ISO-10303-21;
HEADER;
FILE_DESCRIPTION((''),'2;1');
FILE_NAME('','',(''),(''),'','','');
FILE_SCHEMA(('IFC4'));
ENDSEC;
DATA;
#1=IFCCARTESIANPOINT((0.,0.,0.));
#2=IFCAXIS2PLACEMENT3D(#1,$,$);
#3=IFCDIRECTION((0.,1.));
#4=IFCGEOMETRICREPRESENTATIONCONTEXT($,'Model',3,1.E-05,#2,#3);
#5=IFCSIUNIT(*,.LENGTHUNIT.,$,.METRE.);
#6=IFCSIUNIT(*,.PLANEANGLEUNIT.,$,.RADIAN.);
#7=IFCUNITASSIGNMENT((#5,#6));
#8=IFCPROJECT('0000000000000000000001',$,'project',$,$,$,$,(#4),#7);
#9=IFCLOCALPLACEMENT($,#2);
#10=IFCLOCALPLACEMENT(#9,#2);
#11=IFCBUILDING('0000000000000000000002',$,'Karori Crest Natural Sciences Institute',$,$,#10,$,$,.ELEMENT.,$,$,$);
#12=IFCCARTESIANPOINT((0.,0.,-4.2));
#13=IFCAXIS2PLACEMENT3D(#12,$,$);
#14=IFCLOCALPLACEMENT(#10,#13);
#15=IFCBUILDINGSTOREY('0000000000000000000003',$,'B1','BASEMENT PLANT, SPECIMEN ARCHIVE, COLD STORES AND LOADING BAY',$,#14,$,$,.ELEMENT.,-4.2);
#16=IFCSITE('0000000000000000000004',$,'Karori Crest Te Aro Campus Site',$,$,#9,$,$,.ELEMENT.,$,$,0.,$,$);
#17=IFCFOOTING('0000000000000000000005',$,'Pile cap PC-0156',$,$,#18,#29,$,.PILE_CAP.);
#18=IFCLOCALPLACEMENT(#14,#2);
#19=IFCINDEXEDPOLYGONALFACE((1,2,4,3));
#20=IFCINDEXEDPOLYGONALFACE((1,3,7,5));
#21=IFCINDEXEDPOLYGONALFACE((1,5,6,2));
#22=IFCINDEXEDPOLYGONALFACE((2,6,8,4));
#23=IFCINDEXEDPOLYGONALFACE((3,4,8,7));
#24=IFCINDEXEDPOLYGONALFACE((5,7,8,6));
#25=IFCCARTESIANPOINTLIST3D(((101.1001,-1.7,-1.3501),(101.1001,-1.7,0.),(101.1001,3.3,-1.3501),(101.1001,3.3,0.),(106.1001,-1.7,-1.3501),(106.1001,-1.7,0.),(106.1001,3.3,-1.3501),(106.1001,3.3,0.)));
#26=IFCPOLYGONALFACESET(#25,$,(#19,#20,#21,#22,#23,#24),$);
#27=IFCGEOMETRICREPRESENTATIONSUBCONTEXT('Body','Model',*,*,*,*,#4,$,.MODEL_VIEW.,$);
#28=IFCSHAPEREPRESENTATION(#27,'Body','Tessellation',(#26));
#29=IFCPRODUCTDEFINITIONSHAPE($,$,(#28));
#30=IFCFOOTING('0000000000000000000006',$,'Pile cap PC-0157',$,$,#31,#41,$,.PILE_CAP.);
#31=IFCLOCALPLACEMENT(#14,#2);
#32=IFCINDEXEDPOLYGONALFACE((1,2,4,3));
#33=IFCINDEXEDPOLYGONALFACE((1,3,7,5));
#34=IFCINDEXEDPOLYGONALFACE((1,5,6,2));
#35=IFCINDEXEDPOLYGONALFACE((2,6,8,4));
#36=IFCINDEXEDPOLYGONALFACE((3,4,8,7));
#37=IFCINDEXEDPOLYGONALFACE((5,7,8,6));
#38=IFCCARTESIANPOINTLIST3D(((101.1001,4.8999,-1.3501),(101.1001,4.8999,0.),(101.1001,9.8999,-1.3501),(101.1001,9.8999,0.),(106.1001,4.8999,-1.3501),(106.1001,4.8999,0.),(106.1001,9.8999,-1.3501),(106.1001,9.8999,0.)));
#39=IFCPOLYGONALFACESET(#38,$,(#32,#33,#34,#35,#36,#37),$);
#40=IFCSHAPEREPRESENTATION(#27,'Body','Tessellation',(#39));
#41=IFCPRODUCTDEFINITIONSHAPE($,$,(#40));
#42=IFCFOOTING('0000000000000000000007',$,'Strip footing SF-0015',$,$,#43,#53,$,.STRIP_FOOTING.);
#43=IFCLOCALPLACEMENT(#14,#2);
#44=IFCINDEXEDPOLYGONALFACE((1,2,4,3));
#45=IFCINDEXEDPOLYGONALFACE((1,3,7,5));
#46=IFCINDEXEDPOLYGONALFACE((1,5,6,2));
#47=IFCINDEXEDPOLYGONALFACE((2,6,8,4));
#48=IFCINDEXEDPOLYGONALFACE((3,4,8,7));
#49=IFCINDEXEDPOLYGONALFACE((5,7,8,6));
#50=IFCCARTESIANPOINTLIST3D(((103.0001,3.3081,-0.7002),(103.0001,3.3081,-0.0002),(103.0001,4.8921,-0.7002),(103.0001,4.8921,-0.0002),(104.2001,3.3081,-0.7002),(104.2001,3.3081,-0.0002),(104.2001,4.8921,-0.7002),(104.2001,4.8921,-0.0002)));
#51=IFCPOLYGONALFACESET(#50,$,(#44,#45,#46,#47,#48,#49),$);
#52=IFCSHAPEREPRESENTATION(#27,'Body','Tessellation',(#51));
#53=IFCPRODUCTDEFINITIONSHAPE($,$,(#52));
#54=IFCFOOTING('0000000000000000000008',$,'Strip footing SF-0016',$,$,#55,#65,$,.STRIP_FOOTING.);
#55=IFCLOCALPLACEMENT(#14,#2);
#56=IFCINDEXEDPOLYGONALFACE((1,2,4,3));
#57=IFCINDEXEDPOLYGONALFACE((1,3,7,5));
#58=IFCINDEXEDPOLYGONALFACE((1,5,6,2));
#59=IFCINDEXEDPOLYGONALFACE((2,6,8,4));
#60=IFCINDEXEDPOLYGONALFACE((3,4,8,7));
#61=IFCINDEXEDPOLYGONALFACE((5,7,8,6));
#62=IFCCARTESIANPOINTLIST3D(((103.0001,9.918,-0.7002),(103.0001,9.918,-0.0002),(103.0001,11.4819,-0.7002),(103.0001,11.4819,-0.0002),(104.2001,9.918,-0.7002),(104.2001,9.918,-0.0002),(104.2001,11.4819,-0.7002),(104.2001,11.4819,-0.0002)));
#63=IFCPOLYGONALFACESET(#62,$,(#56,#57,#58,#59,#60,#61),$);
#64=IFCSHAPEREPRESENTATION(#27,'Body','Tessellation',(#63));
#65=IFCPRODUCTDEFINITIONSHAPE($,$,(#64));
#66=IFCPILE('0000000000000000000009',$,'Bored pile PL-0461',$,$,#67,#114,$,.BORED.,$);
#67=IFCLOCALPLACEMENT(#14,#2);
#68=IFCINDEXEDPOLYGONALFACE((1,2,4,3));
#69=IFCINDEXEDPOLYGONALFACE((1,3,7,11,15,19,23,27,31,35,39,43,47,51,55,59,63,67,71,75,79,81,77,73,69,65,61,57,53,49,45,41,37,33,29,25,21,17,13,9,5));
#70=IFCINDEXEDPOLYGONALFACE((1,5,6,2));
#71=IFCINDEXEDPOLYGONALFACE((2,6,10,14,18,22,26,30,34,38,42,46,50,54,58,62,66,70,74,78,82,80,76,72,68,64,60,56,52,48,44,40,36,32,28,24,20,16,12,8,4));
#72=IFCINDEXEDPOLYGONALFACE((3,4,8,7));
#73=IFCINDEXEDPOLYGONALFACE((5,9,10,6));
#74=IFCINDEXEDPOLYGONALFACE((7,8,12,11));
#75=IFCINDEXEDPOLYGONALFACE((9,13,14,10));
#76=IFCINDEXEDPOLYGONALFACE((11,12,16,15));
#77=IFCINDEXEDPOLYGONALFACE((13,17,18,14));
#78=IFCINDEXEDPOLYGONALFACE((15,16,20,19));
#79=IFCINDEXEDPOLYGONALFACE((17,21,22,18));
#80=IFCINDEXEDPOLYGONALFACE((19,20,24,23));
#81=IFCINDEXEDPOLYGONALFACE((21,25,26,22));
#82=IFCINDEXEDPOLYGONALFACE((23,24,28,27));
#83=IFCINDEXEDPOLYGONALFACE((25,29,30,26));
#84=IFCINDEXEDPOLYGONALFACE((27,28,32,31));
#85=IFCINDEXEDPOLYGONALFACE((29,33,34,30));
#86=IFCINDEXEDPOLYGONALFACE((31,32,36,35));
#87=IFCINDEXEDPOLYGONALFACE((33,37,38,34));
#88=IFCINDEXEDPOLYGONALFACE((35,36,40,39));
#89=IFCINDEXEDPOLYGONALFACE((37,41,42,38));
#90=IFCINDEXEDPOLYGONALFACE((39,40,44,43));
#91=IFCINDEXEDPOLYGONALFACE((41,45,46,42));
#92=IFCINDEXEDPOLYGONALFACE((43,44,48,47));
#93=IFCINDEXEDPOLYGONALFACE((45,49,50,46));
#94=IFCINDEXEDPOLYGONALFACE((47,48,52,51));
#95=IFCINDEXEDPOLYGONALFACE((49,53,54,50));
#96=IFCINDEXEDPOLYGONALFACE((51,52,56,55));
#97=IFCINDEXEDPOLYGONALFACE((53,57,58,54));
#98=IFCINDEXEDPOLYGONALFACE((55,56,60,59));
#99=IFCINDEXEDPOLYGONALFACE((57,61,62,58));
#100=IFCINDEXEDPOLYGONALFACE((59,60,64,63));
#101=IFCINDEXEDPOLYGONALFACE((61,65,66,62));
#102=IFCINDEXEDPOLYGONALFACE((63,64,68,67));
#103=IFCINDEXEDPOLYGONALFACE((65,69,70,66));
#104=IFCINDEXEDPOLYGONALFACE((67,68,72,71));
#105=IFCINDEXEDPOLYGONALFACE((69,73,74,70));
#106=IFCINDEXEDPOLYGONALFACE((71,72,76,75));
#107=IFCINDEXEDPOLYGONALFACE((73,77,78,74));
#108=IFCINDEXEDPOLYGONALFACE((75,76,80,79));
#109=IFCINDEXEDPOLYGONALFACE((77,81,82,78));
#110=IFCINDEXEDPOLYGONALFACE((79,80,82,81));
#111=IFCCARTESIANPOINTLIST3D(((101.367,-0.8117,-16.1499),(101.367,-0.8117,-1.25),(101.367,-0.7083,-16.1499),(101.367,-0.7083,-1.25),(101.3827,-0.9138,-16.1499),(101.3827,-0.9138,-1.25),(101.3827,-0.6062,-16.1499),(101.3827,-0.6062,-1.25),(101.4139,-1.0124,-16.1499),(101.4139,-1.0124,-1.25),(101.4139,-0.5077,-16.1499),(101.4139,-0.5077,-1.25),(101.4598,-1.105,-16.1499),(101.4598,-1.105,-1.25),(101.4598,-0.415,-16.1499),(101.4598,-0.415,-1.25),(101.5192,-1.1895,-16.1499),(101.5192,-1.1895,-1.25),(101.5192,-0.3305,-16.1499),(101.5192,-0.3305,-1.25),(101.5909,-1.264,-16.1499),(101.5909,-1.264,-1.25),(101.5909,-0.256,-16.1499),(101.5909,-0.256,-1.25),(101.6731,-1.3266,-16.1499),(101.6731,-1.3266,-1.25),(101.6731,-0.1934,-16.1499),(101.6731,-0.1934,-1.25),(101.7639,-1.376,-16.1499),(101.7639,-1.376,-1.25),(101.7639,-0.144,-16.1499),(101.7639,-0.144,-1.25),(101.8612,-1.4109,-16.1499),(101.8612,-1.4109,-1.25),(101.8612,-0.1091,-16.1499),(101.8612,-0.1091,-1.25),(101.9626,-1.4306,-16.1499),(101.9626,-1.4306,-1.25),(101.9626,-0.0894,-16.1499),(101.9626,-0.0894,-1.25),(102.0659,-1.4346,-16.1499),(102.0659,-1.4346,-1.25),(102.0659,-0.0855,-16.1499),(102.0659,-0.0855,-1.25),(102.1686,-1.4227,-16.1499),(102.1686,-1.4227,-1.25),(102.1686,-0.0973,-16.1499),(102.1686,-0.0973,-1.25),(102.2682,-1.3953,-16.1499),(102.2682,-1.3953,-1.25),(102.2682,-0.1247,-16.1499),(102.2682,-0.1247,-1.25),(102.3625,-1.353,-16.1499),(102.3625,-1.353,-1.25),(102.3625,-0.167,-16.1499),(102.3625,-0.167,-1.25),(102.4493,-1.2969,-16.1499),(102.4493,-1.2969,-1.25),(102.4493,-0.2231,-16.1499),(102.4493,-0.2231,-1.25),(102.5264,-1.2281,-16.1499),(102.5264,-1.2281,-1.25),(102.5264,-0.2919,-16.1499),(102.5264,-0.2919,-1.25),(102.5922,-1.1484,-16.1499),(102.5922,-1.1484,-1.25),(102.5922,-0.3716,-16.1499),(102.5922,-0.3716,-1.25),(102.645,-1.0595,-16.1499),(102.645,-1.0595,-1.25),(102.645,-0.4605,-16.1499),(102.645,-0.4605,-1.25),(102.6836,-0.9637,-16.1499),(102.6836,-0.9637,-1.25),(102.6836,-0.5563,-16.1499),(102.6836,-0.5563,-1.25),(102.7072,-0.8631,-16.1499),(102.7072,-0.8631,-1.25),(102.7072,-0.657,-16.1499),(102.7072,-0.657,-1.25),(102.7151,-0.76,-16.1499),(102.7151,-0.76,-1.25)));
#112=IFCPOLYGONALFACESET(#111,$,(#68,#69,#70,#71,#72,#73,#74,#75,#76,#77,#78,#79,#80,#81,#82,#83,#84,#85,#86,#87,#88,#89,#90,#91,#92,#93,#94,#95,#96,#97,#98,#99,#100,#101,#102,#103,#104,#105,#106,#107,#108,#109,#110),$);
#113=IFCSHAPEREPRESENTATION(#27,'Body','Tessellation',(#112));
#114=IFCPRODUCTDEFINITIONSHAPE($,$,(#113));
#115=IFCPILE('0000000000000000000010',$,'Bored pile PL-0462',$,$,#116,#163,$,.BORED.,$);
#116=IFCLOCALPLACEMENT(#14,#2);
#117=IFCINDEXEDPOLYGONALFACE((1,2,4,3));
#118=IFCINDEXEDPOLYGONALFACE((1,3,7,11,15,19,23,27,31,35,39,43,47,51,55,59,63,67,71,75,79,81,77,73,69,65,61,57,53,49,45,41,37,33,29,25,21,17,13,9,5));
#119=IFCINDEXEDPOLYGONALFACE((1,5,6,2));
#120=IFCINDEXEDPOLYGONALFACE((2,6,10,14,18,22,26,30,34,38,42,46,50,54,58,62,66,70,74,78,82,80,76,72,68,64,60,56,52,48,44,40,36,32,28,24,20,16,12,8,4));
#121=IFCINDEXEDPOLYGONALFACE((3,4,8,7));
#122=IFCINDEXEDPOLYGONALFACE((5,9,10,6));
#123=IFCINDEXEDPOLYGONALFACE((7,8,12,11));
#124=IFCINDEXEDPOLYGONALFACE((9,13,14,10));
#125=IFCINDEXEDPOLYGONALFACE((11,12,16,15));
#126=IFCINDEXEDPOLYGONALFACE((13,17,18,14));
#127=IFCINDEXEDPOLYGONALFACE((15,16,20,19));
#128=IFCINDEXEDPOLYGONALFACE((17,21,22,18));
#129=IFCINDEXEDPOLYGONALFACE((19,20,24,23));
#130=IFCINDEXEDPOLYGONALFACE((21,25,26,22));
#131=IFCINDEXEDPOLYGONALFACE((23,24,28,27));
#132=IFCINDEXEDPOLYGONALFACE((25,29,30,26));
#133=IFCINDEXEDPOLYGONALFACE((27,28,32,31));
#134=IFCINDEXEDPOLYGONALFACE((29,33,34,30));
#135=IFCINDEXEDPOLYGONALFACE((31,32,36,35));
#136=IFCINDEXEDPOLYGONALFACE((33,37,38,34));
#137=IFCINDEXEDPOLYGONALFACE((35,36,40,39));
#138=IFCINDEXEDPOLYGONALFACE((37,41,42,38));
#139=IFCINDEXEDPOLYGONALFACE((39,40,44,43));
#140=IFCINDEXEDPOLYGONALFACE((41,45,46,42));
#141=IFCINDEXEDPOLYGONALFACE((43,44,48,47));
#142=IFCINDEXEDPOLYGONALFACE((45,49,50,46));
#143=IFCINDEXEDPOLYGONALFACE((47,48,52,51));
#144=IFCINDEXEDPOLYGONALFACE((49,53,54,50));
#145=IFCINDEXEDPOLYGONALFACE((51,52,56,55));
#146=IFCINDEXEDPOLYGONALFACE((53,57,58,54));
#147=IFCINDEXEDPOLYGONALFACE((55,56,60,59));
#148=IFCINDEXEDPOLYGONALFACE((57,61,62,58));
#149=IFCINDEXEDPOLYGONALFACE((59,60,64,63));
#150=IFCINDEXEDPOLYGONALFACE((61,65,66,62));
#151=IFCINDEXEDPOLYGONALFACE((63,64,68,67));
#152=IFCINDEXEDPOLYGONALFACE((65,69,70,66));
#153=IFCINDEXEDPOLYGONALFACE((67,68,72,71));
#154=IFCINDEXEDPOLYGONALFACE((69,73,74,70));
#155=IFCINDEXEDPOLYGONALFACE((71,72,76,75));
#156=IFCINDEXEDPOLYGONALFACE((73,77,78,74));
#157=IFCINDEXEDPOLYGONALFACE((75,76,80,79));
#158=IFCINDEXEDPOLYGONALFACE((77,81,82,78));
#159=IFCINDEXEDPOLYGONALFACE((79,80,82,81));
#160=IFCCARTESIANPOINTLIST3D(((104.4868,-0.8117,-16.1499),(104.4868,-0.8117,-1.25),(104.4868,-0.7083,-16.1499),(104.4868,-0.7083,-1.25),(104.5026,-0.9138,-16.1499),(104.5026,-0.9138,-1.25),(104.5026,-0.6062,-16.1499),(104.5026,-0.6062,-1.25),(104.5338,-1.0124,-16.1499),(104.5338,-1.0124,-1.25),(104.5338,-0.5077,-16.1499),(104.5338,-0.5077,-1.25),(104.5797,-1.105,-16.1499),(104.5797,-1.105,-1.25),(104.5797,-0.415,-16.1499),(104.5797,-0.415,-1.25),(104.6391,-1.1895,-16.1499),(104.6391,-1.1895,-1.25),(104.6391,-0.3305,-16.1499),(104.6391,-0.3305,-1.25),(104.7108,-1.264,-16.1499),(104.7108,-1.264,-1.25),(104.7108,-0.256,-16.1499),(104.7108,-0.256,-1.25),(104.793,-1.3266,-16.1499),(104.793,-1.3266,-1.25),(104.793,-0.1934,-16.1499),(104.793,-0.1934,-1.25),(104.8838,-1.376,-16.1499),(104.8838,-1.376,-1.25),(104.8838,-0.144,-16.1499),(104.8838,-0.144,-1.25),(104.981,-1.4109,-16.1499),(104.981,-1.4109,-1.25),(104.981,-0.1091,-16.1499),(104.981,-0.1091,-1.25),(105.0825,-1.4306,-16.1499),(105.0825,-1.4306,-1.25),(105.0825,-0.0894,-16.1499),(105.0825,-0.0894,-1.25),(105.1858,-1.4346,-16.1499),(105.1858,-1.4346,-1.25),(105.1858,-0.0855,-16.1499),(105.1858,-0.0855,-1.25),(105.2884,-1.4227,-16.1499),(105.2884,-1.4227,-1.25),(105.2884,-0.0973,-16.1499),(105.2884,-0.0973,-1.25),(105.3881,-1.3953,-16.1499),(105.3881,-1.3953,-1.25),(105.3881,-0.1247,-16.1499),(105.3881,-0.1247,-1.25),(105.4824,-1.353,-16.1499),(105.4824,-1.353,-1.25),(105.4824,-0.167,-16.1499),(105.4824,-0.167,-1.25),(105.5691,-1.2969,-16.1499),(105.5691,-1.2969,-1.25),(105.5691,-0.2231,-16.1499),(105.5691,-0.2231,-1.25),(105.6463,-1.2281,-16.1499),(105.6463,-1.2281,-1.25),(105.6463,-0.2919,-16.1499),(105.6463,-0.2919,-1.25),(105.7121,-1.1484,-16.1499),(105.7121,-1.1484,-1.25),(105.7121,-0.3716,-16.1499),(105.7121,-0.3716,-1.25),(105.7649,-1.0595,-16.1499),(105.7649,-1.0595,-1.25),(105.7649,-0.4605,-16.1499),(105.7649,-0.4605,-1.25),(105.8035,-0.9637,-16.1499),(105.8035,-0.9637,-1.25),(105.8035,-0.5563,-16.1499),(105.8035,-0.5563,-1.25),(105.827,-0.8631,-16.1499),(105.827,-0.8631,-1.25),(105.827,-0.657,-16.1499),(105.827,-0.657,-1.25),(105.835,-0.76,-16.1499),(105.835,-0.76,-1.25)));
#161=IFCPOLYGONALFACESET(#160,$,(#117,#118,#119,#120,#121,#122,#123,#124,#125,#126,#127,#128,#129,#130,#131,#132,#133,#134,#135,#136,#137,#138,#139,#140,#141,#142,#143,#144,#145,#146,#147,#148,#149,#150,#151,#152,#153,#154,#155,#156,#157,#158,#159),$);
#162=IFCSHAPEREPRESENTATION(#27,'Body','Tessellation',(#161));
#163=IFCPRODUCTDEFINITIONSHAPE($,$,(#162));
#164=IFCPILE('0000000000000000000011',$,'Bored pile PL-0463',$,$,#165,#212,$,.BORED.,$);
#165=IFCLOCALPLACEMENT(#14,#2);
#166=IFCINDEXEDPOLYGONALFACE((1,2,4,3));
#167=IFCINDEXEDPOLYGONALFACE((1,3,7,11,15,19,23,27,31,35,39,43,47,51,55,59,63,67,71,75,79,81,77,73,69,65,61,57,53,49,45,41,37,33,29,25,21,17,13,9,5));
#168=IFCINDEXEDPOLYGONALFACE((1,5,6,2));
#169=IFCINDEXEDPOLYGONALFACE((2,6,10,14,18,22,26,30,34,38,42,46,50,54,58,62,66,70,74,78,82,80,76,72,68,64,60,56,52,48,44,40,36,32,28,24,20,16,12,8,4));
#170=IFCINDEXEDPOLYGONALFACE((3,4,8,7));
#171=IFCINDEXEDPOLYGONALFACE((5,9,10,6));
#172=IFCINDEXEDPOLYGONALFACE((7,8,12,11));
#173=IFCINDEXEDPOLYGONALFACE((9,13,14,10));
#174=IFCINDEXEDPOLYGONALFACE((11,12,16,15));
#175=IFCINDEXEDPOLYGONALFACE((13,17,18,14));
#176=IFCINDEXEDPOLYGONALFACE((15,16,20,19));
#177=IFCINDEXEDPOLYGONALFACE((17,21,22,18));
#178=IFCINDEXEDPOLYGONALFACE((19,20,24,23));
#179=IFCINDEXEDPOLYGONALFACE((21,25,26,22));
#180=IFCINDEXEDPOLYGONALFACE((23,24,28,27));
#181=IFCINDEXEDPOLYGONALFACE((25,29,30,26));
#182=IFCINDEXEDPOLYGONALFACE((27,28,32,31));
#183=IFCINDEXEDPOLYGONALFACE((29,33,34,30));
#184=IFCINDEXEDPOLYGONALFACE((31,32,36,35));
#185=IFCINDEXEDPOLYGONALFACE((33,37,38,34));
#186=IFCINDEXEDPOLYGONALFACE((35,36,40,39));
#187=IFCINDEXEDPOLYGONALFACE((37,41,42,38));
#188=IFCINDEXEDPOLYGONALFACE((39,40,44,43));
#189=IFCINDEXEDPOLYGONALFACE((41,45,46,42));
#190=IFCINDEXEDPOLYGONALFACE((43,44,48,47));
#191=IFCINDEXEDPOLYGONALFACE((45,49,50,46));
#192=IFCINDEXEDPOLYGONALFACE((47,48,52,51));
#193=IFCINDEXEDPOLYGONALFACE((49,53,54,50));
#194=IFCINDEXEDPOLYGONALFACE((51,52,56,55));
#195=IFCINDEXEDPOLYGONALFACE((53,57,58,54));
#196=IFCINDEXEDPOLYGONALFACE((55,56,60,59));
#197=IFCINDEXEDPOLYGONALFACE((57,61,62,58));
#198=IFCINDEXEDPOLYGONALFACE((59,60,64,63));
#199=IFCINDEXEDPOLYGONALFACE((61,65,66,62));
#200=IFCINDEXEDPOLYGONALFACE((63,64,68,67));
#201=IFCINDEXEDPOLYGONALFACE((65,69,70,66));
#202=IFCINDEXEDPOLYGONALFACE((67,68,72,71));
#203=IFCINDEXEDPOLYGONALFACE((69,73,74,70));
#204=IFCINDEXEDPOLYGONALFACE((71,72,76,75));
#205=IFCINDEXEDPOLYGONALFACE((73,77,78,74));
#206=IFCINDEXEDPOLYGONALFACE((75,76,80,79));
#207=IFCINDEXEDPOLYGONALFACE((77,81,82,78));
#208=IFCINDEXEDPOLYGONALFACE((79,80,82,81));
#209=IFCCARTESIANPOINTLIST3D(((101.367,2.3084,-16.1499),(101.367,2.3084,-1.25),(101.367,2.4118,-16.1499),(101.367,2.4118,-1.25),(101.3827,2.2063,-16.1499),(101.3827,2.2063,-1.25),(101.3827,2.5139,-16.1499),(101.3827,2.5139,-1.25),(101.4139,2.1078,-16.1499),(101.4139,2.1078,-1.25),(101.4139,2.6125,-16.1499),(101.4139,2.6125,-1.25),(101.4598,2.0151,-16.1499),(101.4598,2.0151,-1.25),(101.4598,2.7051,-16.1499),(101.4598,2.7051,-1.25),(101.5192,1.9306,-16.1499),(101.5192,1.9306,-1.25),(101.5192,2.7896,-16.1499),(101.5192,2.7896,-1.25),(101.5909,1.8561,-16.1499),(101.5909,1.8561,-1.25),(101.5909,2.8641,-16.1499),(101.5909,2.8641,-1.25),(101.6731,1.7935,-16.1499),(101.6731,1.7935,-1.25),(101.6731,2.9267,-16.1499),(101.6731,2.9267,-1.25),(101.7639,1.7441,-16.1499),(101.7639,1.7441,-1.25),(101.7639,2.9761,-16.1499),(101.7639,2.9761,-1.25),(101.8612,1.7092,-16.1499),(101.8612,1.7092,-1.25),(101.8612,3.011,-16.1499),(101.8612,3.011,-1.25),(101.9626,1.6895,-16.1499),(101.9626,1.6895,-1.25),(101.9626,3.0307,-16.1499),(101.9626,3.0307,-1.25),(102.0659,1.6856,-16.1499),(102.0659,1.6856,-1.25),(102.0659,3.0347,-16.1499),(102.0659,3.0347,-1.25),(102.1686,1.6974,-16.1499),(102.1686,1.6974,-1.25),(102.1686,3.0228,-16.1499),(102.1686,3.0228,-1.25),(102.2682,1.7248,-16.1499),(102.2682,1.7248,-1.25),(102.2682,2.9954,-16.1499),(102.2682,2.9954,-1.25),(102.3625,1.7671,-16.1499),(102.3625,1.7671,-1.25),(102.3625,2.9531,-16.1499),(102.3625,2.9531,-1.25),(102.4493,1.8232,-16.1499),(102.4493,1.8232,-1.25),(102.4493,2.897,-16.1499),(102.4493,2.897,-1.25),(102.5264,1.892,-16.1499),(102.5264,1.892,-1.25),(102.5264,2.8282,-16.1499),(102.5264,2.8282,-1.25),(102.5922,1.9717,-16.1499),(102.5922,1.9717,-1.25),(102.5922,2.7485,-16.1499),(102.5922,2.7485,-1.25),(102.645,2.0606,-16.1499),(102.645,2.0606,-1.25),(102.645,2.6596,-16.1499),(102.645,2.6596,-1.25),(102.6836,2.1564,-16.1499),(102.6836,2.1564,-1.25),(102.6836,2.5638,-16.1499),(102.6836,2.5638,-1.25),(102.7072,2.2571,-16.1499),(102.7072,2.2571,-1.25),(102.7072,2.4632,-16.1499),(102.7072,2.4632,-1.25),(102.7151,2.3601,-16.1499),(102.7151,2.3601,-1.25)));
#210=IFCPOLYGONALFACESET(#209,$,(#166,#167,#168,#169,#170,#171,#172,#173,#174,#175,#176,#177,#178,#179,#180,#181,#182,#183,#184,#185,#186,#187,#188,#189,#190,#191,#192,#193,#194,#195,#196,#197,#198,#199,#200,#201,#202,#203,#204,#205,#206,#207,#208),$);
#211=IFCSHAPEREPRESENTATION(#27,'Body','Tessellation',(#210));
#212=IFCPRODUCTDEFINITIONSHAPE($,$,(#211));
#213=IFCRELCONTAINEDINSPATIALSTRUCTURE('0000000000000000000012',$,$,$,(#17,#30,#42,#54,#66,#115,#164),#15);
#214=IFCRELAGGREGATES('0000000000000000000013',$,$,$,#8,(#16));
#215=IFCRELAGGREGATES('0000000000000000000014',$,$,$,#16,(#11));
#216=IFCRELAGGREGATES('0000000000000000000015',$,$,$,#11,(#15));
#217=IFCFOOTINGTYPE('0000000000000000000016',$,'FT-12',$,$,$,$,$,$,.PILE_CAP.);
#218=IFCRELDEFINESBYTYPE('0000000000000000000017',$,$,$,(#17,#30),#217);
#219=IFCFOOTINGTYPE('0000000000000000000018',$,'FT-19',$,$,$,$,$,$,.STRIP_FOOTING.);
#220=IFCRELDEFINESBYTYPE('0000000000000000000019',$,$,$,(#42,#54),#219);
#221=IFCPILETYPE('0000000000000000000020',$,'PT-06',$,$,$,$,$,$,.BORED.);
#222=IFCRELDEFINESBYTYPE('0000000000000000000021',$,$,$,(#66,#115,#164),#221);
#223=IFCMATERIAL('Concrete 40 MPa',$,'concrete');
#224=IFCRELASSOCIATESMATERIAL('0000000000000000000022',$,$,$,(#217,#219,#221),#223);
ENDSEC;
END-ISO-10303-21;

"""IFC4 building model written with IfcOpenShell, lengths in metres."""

from ifc_helpers import new_model, si_unit, direction, frame, origin, origin_2d, place, context, subcontext, project, spatial, rectangle, circle, extrude, material, material_profile, profile_set, type_object, element, save


model = new_model("IFC4")

# Units and contexts
model_context = context("Model", 3, precision=1e-05, world=origin(), true_north=direction((0.0, 1.0)))
body_context = subcontext(model_context, "Body", "Model", "MODEL_VIEW")
ifc_project = project(units=[si_unit("LENGTHUNIT", "METRE"), si_unit("PLANEANGLEUNIT", "RADIAN")], contexts=[model_context])

# Site, building, storey
site_placement = place(None, origin())
site = spatial("IfcSite", under=ifc_project, at=site_placement, Name="Karori Crest Te Aro Campus Site", CompositionType="ELEMENT", RefElevation=0.0)
building_placement = place(site_placement, origin())
building = spatial("IfcBuilding", under=site, at=building_placement, Name="Karori Crest Natural Sciences Institute", CompositionType="ELEMENT")
storey_placement = place(building_placement, frame((0.0, 0.0, -4.2)))
storey = spatial("IfcBuildingStorey", under=building, at=storey_placement, Name="B1", Description="BASEMENT PLANT, SPECIMEN ARCHIVE, COLD STORES AND LOADING BAY", CompositionType="ELEMENT", Elevation=-4.2)

# Footings
ifc_material_1 = material(Name="Concrete 40 MPa", Category="concrete")
footing_type_1 = type_object("IfcFootingType", Name="FT-12", PredefinedType="PILE_CAP", material=ifc_material_1)
for number, where, z_axis, x_axis, name in (
    (1, (103.6001, 0.8, -1.3501), (0.0, 0.0, 1.0), (1.0, 0.0, 0.0), "Pile cap PC-0156"),
    (2, (103.6001, 7.3999, -1.3501), (0.0, 0.0, 1.0), (1.0, 0.0, 0.0), "Pile cap PC-0157"),
):
    element("IfcFooting", number, at=place(storey_placement, frame(where, z_axis=z_axis, x_axis=x_axis)), inside=storey, type_object=footing_type_1, Name=name, PredefinedType="PILE_CAP", context=body_context, shape_type="SweptSolid", body=[
        extrude(rectangle(XDim=5.0, YDim=5.0, at=origin_2d()), origin(), (0.0, 0.0, 1.0), 1.3501),
    ])
footing_type_2 = type_object("IfcFootingType", Name="FT-19", PredefinedType="STRIP_FOOTING", material=ifc_material_1)
footing_1_placement = place(storey_placement, frame((103.6001, 4.1001, -0.7002), z_axis=(0.0, 0.0, 1.0), x_axis=(0.0, 1.0, 0.0)))
element("IfcFooting", 3, at=footing_1_placement, inside=storey, type_object=footing_type_2, Name="Strip footing SF-0015", PredefinedType="STRIP_FOOTING", context=body_context, shape_type="SweptSolid", body=[
    extrude(rectangle(XDim=1.584, YDim=1.2, at=origin_2d()), origin(), (0.0, 0.0, 1.0), 0.7),
])
footing_2_placement = place(storey_placement, frame((103.6001, 10.7, -0.7002), z_axis=(0.0, 0.0, 1.0), x_axis=(0.0, 1.0, 0.0)))
element("IfcFooting", 4, at=footing_2_placement, inside=storey, type_object=footing_type_2, Name="Strip footing SF-0016", PredefinedType="STRIP_FOOTING", context=body_context, shape_type="SweptSolid", body=[
    extrude(rectangle(XDim=1.564, YDim=1.2, at=origin_2d()), origin(), (0.0, 0.0, 1.0), 0.7),
])

# Piles
ifc_material_profile_1 = material_profile(ifc_material_1, circle(Radius=0.675, at=origin_2d()), Name="PILE1350")
ifc_profile_set_1 = profile_set([ifc_material_profile_1], Name="Concrete 40 MPa")
pile_type = type_object("IfcPileType", Name="PT-06", PredefinedType="BORED", material=ifc_profile_set_1)
for number, where, z_axis, x_axis, name in (
    (5, (102.04, -0.76, -1.25), (0.0, 0.0, -1.0), (1.0, 0.0, 0.0), "Bored pile PL-0461"),
    (6, (105.1599, -0.76, -1.25), (0.0, 0.0, -1.0), (1.0, 0.0, 0.0), "Bored pile PL-0462"),
    (7, (102.04, 2.3601, -1.25), (0.0, 0.0, -1.0), (1.0, 0.0, 0.0), "Bored pile PL-0463"),
):
    element("IfcPile", number, at=place(storey_placement, frame(where, z_axis=z_axis, x_axis=x_axis)), inside=storey, type_object=pile_type, Name=name, PredefinedType="BORED", context=body_context, shape_type="SweptSolid", body=[
        extrude(circle(Radius=0.675, at=origin_2d()), origin(), (0.0, 0.0, 1.0), 14.8999),
    ])

save(model, "model.ifc")
